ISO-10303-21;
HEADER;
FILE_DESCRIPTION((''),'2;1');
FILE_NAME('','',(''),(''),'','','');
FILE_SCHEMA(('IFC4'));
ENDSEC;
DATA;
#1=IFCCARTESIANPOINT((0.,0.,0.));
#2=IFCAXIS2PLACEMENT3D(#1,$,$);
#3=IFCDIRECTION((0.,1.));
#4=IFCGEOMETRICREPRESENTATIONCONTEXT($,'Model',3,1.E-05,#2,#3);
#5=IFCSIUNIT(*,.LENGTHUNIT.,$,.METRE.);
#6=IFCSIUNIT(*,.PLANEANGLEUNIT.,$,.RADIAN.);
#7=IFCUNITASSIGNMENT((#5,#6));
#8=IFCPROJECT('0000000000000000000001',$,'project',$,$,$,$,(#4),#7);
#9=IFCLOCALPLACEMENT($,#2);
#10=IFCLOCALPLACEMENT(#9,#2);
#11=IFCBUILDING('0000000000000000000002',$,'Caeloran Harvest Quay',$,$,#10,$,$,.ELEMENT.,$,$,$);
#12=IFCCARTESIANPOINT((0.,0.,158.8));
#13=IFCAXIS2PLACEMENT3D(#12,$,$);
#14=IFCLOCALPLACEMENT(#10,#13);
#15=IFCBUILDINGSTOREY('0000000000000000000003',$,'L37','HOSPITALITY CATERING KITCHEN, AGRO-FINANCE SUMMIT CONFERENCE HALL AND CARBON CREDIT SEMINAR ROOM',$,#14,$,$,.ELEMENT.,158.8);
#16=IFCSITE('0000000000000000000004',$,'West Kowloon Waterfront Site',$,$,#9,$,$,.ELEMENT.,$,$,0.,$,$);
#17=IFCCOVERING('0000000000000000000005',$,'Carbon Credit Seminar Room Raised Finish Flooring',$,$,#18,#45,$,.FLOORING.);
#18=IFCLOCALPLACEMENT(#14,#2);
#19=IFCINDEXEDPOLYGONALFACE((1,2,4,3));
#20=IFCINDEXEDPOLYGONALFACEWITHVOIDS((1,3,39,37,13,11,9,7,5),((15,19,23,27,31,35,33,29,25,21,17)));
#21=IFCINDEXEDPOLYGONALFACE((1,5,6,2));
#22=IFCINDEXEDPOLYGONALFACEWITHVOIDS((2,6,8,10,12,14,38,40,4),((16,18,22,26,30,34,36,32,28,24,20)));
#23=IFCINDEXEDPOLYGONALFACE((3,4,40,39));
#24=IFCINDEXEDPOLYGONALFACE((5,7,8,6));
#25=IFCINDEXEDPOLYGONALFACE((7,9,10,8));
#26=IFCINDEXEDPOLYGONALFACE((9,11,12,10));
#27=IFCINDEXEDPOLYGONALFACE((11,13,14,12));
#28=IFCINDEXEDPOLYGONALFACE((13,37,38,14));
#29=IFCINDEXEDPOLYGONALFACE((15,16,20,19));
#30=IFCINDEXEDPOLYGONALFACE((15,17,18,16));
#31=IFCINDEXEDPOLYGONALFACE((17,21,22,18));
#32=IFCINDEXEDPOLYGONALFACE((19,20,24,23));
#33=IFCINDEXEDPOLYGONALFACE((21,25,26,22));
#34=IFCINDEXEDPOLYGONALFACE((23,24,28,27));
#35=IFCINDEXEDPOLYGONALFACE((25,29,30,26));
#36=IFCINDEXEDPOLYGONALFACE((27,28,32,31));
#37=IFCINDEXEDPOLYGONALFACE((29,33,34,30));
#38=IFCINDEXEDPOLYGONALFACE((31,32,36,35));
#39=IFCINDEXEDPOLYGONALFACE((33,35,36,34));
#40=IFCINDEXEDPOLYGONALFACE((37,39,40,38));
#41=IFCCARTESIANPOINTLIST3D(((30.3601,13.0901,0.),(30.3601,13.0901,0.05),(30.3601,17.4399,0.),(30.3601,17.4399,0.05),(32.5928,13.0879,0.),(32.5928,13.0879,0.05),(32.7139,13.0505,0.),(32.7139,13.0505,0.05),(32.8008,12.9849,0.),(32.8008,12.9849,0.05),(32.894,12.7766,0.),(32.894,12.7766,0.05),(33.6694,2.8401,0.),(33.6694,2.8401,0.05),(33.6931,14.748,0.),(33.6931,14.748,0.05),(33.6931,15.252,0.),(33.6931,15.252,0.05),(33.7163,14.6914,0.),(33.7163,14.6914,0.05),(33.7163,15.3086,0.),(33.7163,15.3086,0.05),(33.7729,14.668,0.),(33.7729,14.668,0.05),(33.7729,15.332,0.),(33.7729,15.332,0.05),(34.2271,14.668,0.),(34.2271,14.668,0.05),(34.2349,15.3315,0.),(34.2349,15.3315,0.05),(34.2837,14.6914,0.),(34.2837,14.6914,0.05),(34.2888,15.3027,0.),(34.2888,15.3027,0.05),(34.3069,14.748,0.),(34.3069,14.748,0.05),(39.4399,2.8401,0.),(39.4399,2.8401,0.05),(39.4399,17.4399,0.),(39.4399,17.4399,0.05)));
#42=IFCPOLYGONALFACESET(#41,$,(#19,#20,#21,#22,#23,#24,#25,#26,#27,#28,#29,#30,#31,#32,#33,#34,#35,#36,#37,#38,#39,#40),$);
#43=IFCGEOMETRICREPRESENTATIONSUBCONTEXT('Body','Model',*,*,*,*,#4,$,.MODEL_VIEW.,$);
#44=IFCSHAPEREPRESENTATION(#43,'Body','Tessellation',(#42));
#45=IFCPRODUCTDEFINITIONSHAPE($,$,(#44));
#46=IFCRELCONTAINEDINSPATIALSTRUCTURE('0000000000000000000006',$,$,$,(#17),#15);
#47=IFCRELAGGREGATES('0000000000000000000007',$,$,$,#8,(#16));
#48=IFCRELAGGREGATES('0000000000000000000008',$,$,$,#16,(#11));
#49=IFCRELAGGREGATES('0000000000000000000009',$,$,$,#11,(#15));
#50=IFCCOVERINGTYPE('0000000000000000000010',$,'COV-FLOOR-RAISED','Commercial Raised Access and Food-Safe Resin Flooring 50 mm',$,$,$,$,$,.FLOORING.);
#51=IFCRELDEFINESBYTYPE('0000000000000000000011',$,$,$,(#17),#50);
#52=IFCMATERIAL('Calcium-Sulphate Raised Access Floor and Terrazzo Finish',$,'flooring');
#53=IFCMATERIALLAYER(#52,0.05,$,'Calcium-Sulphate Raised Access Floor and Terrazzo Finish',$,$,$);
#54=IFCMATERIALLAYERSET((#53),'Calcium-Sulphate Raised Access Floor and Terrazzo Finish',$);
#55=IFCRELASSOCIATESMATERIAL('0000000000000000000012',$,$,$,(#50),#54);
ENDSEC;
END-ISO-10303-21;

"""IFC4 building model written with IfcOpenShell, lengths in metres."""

from ifc_helpers import new_model, si_unit, direction, frame, origin, place, context, subcontext, project, spatial, polyline, outline, extrude, material, layer, layer_set, type_object, element, save


model = new_model("IFC4")

# Units and contexts
model_context = context("Model", 3, precision=1e-05, world=origin(), true_north=direction((0.0, 1.0)))
body_context = subcontext(model_context, "Body", "Model", "MODEL_VIEW")
ifc_project = project(units=[si_unit("LENGTHUNIT", "METRE"), si_unit("PLANEANGLEUNIT", "RADIAN")], contexts=[model_context])

# Site, building, storey
site_placement = place(None, origin())
site = spatial("IfcSite", under=ifc_project, at=site_placement, Name="West Kowloon Waterfront Site", CompositionType="ELEMENT", RefElevation=0.0)
building_placement = place(site_placement, origin())
building = spatial("IfcBuilding", under=site, at=building_placement, Name="Caeloran Harvest Quay", CompositionType="ELEMENT")
storey_placement = place(building_placement, frame((0.0, 0.0, 158.8)))
storey = spatial("IfcBuildingStorey", under=building, at=storey_placement, Name="L37", Description="HOSPITALITY CATERING KITCHEN, AGRO-FINANCE SUMMIT CONFERENCE HALL AND CARBON CREDIT SEMINAR ROOM", CompositionType="ELEMENT", Elevation=158.8)

# Covering
ifc_material_1 = material(Name="Calcium-Sulphate Raised Access Floor and Terrazzo Finish", Category="flooring")
ifc_layer_1 = layer(ifc_material_1, 0.05, Name="Calcium-Sulphate Raised Access Floor and Terrazzo Finish")
ifc_layer_set_1 = layer_set([ifc_layer_1], Name="Calcium-Sulphate Raised Access Floor and Terrazzo Finish")
covering_type_1 = type_object("IfcCoveringType", Name="COV-FLOOR-RAISED", Description="Commercial Raised Access and Food-Safe Resin Flooring 50 mm", PredefinedType="FLOORING", material=ifc_layer_set_1)
covering_1_placement = place(storey_placement, origin())
element("IfcCovering", 1, at=covering_1_placement, inside=storey, type_object=covering_type_1, Name="Carbon Credit Seminar Room Raised Finish Flooring", PredefinedType="FLOORING", context=body_context, shape_type="SweptSolid", body=[
    extrude(outline(polyline([(32.894, 12.7766), (32.8008, 12.9849), (32.7139, 13.0505), (32.5928, 13.0879), (30.3601, 13.0901), (30.3601, 17.4399), (39.4399, 17.4399), (39.4399, 2.8401), (33.6694, 2.8401), (32.894, 12.7766)]), holes=[polyline([(34.3069, 14.748), (34.2888, 15.3027), (34.2349, 15.3315), (33.7729, 15.332), (33.7163, 15.3086), (33.6931, 15.252), (33.6931, 14.748), (33.7163, 14.6914), (33.7729, 14.668), (34.2271, 14.668), (34.2837, 14.6914), (34.3069, 14.748)])]), origin(), (0.0, 0.0, 1.0), 0.05),
])

save(model, "model.ifc")
